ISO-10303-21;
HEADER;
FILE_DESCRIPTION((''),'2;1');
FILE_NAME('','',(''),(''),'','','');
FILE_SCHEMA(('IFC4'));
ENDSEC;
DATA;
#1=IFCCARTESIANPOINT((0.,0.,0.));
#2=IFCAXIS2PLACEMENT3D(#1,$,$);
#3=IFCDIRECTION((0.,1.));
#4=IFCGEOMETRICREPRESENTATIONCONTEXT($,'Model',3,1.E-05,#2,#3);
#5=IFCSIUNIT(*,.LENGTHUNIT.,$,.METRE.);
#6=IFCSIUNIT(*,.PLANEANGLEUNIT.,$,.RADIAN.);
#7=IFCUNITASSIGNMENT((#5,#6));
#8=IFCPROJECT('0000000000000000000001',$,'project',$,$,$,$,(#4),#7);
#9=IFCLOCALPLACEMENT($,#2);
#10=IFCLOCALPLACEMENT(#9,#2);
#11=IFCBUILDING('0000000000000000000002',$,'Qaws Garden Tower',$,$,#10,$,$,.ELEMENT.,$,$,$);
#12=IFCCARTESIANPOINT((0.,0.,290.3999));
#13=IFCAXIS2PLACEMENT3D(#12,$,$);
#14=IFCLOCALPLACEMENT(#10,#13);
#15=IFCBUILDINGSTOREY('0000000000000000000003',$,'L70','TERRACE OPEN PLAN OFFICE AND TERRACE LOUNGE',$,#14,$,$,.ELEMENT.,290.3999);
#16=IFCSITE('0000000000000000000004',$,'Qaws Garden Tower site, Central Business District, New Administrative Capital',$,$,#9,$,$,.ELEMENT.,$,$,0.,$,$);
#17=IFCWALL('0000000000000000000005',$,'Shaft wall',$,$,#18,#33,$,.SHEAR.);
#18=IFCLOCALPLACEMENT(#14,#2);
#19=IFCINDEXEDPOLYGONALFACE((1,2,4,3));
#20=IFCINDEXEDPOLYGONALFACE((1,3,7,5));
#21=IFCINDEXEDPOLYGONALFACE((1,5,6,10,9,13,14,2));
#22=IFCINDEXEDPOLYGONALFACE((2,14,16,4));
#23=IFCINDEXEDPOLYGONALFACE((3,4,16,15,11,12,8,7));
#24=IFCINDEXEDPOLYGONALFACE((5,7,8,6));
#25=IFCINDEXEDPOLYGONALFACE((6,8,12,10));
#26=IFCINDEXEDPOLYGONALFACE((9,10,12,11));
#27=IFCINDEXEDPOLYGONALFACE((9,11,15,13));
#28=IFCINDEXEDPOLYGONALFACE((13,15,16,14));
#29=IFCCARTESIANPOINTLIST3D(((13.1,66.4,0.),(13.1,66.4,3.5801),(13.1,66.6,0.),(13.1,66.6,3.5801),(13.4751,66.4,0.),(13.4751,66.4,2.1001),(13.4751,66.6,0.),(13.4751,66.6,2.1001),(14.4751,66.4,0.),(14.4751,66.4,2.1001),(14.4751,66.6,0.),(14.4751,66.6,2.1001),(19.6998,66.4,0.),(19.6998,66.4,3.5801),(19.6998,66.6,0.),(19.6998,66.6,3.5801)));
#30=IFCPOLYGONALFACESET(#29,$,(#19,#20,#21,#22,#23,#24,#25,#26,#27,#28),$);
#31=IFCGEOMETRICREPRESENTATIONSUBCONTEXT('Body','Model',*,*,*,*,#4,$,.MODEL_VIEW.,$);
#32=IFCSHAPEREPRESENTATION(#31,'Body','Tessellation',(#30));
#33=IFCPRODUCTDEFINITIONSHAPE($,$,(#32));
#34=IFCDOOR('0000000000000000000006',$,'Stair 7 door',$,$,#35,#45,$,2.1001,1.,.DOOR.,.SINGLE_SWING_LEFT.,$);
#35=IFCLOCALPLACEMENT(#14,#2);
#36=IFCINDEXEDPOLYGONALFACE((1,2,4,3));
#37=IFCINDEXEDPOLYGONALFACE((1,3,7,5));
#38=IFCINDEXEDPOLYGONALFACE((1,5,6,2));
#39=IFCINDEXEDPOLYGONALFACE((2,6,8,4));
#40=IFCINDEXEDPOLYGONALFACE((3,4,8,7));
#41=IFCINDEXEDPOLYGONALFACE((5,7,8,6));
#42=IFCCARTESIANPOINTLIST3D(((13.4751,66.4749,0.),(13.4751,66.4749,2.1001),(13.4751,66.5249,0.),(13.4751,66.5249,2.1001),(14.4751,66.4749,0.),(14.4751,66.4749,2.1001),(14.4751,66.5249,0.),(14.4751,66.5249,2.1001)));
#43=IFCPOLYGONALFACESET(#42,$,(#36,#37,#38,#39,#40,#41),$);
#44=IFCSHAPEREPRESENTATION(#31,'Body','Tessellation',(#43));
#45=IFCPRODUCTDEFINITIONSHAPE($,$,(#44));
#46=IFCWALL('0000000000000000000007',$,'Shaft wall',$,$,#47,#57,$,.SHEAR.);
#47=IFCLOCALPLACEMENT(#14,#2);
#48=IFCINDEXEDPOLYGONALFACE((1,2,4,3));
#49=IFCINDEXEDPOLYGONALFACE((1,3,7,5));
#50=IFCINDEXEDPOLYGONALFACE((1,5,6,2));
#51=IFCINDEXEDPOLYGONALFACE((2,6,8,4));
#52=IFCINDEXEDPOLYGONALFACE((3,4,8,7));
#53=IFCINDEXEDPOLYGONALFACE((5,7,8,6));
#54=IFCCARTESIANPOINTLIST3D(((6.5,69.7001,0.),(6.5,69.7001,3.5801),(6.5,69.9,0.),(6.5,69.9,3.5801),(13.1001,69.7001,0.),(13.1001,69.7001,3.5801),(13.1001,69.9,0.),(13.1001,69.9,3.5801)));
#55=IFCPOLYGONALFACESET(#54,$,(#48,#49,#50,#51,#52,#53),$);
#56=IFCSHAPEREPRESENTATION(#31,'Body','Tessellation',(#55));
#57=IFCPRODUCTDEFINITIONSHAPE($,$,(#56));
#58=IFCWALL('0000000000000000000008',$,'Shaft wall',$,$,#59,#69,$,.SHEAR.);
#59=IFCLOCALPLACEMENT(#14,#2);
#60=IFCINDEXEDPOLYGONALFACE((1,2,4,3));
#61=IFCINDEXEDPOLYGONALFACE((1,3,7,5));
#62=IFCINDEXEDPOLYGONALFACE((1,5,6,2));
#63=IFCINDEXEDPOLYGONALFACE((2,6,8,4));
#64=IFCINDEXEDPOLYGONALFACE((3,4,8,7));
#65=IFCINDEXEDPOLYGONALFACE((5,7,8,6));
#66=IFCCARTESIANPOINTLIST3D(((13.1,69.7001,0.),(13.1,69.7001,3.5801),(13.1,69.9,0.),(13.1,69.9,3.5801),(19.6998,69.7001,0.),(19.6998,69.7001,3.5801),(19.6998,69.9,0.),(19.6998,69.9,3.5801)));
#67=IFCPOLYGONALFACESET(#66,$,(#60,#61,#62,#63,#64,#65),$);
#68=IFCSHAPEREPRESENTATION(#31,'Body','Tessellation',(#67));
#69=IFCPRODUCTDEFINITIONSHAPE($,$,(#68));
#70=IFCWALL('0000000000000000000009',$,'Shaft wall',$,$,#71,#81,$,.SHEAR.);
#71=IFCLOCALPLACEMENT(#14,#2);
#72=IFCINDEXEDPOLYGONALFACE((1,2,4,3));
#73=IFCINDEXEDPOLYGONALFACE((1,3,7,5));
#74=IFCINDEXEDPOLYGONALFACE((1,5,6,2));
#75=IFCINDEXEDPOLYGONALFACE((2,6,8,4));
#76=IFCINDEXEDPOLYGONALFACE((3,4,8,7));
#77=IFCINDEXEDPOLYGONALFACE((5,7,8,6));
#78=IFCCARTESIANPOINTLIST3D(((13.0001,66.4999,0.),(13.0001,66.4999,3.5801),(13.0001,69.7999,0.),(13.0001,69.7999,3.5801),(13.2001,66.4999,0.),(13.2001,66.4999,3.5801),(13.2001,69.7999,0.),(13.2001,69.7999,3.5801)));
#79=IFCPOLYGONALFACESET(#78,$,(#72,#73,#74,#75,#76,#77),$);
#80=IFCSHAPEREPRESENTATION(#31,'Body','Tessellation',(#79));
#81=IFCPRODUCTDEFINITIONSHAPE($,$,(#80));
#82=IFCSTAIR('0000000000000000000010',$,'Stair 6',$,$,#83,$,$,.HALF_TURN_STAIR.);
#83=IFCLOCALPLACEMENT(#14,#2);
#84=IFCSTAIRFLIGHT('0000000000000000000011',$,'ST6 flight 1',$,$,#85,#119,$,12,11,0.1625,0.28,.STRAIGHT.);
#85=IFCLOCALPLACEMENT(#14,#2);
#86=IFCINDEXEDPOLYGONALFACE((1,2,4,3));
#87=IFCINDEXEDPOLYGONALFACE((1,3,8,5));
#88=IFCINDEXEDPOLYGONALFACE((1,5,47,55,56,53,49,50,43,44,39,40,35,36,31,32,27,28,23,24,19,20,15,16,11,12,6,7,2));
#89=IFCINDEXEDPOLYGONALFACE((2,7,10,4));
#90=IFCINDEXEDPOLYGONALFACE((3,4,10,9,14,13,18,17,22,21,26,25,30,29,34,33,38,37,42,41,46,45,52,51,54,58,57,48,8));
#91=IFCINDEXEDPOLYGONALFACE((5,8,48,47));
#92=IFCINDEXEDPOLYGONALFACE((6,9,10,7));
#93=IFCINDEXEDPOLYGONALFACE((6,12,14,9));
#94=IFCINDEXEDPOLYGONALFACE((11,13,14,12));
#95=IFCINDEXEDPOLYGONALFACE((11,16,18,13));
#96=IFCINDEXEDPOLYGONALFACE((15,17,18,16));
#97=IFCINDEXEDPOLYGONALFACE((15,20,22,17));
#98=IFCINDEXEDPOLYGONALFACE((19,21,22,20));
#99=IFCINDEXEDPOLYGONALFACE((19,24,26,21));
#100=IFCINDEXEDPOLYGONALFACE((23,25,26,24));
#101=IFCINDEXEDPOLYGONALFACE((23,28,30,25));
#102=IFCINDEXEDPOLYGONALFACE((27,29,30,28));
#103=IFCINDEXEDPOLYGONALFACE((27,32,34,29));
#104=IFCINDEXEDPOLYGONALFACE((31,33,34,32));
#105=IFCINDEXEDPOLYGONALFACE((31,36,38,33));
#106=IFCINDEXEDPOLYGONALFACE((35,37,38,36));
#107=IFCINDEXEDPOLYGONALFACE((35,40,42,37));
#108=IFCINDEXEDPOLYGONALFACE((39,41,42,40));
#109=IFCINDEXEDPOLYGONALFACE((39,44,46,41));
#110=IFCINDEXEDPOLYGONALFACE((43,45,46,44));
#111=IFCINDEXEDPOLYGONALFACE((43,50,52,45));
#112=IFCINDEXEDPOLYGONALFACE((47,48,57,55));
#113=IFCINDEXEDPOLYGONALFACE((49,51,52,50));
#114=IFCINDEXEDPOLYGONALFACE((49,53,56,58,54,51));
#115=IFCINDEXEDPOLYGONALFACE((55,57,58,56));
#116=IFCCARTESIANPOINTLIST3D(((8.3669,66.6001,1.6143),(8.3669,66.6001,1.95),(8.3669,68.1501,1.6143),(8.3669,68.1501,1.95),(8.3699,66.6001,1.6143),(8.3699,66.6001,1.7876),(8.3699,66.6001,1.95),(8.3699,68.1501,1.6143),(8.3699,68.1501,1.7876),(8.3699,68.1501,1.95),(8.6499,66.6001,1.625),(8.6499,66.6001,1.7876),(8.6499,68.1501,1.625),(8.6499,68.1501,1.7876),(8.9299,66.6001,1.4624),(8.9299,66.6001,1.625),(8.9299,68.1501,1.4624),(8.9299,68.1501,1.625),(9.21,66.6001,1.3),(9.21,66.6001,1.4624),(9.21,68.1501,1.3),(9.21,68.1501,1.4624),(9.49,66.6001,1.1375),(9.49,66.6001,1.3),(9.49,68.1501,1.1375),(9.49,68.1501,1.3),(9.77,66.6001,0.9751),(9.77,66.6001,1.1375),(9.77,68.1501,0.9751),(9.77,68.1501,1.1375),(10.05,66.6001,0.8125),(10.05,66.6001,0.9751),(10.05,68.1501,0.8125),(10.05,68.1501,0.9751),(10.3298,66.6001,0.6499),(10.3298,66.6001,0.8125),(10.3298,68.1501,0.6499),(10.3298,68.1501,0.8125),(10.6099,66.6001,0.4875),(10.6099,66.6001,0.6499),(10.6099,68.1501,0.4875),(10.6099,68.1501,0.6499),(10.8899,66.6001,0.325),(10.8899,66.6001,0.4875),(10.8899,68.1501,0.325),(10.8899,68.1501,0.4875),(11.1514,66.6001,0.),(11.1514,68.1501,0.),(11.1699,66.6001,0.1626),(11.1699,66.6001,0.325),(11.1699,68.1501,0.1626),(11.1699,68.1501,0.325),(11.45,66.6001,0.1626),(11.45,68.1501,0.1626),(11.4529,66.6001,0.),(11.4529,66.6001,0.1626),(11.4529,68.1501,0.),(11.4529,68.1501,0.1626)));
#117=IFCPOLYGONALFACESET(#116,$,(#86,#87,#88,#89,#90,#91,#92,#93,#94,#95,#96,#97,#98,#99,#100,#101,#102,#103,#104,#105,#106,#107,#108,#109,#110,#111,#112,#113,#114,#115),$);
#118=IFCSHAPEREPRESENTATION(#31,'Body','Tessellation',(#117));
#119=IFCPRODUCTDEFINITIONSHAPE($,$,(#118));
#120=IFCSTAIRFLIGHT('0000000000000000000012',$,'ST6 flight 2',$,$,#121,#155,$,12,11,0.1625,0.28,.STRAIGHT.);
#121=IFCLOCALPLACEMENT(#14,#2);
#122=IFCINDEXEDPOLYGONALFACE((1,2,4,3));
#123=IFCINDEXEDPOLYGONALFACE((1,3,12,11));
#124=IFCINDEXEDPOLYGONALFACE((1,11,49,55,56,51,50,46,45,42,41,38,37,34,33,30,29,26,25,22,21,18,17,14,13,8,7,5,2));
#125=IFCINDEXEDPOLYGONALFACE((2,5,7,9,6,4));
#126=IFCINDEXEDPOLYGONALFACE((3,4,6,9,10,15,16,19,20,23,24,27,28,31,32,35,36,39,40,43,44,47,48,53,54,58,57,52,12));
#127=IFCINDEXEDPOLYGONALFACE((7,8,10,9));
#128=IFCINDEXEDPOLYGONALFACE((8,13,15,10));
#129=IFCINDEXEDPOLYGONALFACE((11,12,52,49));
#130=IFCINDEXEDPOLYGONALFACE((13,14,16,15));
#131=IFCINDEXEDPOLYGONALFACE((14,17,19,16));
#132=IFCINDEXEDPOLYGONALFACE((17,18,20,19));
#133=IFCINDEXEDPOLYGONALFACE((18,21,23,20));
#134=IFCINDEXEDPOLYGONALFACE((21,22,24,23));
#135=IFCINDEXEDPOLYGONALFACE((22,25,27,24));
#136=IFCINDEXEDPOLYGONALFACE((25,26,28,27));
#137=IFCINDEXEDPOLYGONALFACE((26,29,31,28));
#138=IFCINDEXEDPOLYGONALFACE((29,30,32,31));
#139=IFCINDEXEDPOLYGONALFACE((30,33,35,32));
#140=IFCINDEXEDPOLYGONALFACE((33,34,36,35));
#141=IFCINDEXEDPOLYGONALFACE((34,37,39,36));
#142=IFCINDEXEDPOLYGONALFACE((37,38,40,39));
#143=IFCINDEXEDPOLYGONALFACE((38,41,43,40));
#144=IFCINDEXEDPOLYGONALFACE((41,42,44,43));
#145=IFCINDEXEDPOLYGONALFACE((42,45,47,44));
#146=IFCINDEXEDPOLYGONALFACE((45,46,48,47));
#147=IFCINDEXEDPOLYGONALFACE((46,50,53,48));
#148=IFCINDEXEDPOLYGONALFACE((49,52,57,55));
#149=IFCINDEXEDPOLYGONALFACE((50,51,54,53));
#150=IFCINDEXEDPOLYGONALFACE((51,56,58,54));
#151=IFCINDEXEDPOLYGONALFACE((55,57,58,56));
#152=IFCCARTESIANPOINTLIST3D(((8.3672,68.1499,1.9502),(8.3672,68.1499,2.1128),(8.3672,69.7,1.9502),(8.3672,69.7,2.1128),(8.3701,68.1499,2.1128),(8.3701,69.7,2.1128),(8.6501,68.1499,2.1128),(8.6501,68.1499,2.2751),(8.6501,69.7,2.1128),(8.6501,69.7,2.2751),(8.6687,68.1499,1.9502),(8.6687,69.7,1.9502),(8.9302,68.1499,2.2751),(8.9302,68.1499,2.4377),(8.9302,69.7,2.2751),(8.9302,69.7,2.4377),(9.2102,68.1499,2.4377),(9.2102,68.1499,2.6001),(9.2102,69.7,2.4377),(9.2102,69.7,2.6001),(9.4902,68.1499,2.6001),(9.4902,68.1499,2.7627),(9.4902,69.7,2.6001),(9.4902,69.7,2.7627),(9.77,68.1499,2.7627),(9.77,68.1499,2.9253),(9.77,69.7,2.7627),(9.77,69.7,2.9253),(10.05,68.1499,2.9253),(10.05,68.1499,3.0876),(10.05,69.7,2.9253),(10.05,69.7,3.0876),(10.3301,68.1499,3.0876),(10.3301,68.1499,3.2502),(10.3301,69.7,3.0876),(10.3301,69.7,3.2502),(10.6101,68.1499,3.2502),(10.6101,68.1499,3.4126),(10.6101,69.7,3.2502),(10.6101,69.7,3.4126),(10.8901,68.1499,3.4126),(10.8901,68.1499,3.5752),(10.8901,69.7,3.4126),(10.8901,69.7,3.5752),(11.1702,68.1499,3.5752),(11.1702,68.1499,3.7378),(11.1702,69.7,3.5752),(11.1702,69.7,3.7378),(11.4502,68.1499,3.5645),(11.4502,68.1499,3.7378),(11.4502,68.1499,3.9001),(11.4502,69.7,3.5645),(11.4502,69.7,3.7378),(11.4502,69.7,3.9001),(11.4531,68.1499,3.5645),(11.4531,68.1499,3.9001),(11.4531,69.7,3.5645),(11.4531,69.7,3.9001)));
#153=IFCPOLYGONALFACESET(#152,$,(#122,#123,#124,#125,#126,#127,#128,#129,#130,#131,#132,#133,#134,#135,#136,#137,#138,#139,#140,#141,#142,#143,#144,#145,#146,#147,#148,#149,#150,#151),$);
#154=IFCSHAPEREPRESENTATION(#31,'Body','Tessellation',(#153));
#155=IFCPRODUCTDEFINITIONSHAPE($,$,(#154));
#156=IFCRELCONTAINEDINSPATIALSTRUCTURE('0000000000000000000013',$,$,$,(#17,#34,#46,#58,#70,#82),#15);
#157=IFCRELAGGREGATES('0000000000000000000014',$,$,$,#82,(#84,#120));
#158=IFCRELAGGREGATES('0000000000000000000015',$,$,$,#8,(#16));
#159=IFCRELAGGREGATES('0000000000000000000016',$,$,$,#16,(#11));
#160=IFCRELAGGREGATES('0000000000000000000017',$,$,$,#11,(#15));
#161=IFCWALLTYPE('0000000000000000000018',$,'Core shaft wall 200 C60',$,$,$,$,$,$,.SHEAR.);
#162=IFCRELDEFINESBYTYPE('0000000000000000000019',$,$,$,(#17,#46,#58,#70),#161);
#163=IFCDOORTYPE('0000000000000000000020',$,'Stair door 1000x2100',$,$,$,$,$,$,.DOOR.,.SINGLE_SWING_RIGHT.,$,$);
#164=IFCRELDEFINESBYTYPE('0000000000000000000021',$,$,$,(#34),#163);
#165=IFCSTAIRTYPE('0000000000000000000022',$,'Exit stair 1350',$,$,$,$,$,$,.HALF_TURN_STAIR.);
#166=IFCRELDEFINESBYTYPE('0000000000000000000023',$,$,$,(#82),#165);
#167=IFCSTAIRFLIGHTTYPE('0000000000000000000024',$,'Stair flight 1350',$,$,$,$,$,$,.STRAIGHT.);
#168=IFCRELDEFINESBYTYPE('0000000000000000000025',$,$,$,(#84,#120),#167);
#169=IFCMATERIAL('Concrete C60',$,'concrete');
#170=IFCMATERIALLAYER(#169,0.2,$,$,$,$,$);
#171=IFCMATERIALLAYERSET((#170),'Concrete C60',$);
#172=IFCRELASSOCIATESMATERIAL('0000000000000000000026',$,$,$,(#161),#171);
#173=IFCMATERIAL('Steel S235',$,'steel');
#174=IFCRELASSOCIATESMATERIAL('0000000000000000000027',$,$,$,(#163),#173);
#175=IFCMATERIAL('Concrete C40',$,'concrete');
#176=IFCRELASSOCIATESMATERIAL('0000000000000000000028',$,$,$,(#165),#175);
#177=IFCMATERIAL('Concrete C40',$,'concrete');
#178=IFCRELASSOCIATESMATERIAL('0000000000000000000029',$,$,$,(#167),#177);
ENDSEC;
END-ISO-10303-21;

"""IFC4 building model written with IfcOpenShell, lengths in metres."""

from ifc_helpers import new_model, si_unit, direction, frame, frame_2d, origin, place, context, subcontext, project, spatial, polyline, rectangle, outline, extrude, material, layer, layer_set, type_object, element, fill, aggregate, save


model = new_model("IFC4")

# Units and contexts
model_context = context("Model", 3, precision=1e-05, world=origin(), true_north=direction((0.0, 1.0)))
body_context = subcontext(model_context, "Body", "Model", "MODEL_VIEW")
ifc_project = project(units=[si_unit("LENGTHUNIT", "METRE"), si_unit("PLANEANGLEUNIT", "RADIAN")], contexts=[model_context])

# Site, building, storey
site_placement = place(None, origin())
site = spatial("IfcSite", under=ifc_project, at=site_placement, Name="Qaws Garden Tower site, Central Business District, New Administrative Capital", CompositionType="ELEMENT", RefElevation=0.0)
building_placement = place(site_placement, origin())
building = spatial("IfcBuilding", under=site, at=building_placement, Name="Qaws Garden Tower", CompositionType="ELEMENT")
storey_placement = place(building_placement, frame((0.0, 0.0, 290.3999)))
storey = spatial("IfcBuildingStorey", under=building, at=storey_placement, Name="L70", Description="TERRACE OPEN PLAN OFFICE AND TERRACE LOUNGE", CompositionType="ELEMENT", Elevation=290.3999)

# Wall, opening, door
ifc_material_1 = material(Name="Concrete C60", Category="concrete")
ifc_layer_1 = layer(ifc_material_1, 0.2)
ifc_layer_set_1 = layer_set([ifc_layer_1], Name="Concrete C60")
wall_type_1 = type_object("IfcWallType", Name="Core shaft wall 200 C60", PredefinedType="SHEAR", material=ifc_layer_set_1)
wall_1_placement = place(storey_placement, frame((13.1001, 66.5, 0.0), z_axis=(0.0, 0.0, 1.0), x_axis=(1.0, 0.0, 0.0)))
wall_1 = element("IfcWall", 1, at=wall_1_placement, inside=storey, type_object=wall_type_1, Name="Shaft wall", PredefinedType="SHEAR", context=body_context, shape_type="SweptSolid", body=[
    extrude(rectangle(XDim=6.5999, YDim=0.2, at=frame_2d((3.2998, 0.0))), origin(), (0.0, 0.0, 1.0), 3.5801),
])
opening_1_placement = place(wall_1_placement, frame((0.375, 0.0, 0.0)))
opening_1 = element("IfcOpeningElement", 2, at=opening_1_placement, cuts=wall_1, PredefinedType="OPENING", context=body_context, shape_type="SweptSolid", body=[
    extrude(rectangle(XDim=1.0, YDim=2.1001, at=frame_2d((0.5, 1.05))), frame((0.0, 0.1099, 0.0), z_axis=(0.0, -1.0, 0.0), x_axis=(1.0, 0.0, 0.0)), (0.0, 0.0, 1.0), 0.22),
])
ifc_material_2 = material(Name="Steel S235", Category="steel")
door_type = type_object("IfcDoorType", Name="Stair door 1000x2100", OperationType="SINGLE_SWING_RIGHT", PredefinedType="DOOR", material=ifc_material_2)
door_placement = place(opening_1_placement, origin())
door = element("IfcDoor", 3, at=door_placement, inside=storey, type_object=door_type, Name="Stair 7 door", OperationType="SINGLE_SWING_LEFT", OverallHeight=2.1001, OverallWidth=1.0, PredefinedType="DOOR", context=body_context, shape_type="SweptSolid", body=[
    extrude(rectangle(XDim=1.0, YDim=2.1001, at=frame_2d((0.5, 1.05))), frame((0.0, 0.0249, 0.0), z_axis=(0.0, -1.0, 0.0), x_axis=(1.0, 0.0, 0.0)), (0.0, 0.0, 1.0), 0.05),
])
fill(opening_1, door)

# Walls
wall_2_placement = place(storey_placement, frame((6.5, 69.8, 0.0), z_axis=(0.0, 0.0, 1.0), x_axis=(1.0, 0.0, 0.0)))
element("IfcWall", 4, at=wall_2_placement, inside=storey, type_object=wall_type_1, Name="Shaft wall", PredefinedType="SHEAR", context=body_context, shape_type="SweptSolid", body=[
    extrude(rectangle(XDim=6.6001, YDim=0.2, at=frame_2d((3.3, 0.0))), origin(), (0.0, 0.0, 1.0), 3.5801),
])
wall_3_placement = place(storey_placement, frame((13.1001, 69.8, 0.0), z_axis=(0.0, 0.0, 1.0), x_axis=(1.0, 0.0, 0.0)))
element("IfcWall", 5, at=wall_3_placement, inside=storey, type_object=wall_type_1, Name="Shaft wall", PredefinedType="SHEAR", context=body_context, shape_type="SweptSolid", body=[
    extrude(rectangle(XDim=6.5999, YDim=0.2, at=frame_2d((3.2998, 0.0))), origin(), (0.0, 0.0, 1.0), 3.5801),
])
wall_4_placement = place(storey_placement, frame((13.1001, 66.5, 0.0), z_axis=(0.0, 0.0, 1.0), x_axis=(0.0, 1.0, 0.0)))
element("IfcWall", 6, at=wall_4_placement, inside=storey, type_object=wall_type_1, Name="Shaft wall", PredefinedType="SHEAR", context=body_context, shape_type="SweptSolid", body=[
    extrude(rectangle(XDim=3.3, YDim=0.2, at=frame_2d((1.6499, 0.0))), origin(), (0.0, 0.0, 1.0), 3.5801),
])

# Stair, stair flights
ifc_material_3 = material(Name="Concrete C40", Category="concrete")
stair_type = type_object("IfcStairType", Name="Exit stair 1350", PredefinedType="HALF_TURN_STAIR", material=ifc_material_3)
placement = place(storey_placement, origin())
stair_1 = element("IfcStair", 7, at=placement, inside=storey, type_object=stair_type, Name="Stair 6", PredefinedType="HALF_TURN_STAIR")
ifc_material_4 = material(Name="Concrete C40", Category="concrete")
stair_flight_type = type_object("IfcStairFlightType", Name="Stair flight 1350", PredefinedType="STRAIGHT", material=ifc_material_4)
stair_flight_1_placement = place(storey_placement, frame((11.45, 67.375, 0.0), z_axis=(0.0, 0.0, 1.0), x_axis=(-1.0, 0.0, 0.0)))
stair_flight_1 = element("IfcStairFlight", 8, at=stair_flight_1_placement, type_object=stair_flight_type, Name="ST6 flight 1", NumberOfRisers=12, NumberOfTreads=11, PredefinedType="STRAIGHT", RiserHeight=0.1625, TreadLength=0.28, context=body_context, shape_type="SweptSolid", body=[
    extrude(outline(polyline([(-0.0029, 0.0), (-0.0029, 0.1626), (0.0, 0.1626), (0.28, 0.1626), (0.28, 0.325), (0.5601, 0.325), (0.5601, 0.4875), (0.8401, 0.4875), (0.8401, 0.6499), (1.1201, 0.6499), (1.1201, 0.8125), (1.3999, 0.8125), (1.3999, 0.9751), (1.6799, 0.9751), (1.6799, 1.1375), (1.96, 1.1375), (1.96, 1.3), (2.24, 1.3), (2.24, 1.4624), (2.52, 1.4624), (2.52, 1.625), (2.8, 1.625), (2.8, 1.7876), (3.0801, 1.7876), (3.0801, 1.95), (3.083, 1.95), (3.083, 1.6143), (3.0801, 1.6143), (0.2986, 0.0), (-0.0029, 0.0)])), frame((0.0, 0.7749, 0.0), z_axis=(0.0, -1.0, 0.0), x_axis=(1.0, 0.0, 0.0)), (0.0, 0.0, 1.0), 1.55),
])
stair_flight_2_placement = place(storey_placement, frame((8.3701, 68.925, 1.9502), z_axis=(0.0, 0.0, 1.0), x_axis=(1.0, 0.0, 0.0)))
stair_flight_2 = element("IfcStairFlight", 9, at=stair_flight_2_placement, type_object=stair_flight_type, Name="ST6 flight 2", NumberOfRisers=12, NumberOfTreads=11, PredefinedType="STRAIGHT", RiserHeight=0.1625, TreadLength=0.28, context=body_context, shape_type="SweptSolid", body=[
    extrude(outline(polyline([(-0.0029, 0.0), (-0.0029, 0.1626), (0.0, 0.1626), (0.28, 0.1626), (0.28, 0.325), (0.5601, 0.325), (0.5601, 0.4875), (0.8401, 0.4875), (0.8401, 0.6499), (1.1201, 0.6499), (1.1201, 0.8125), (1.3999, 0.8125), (1.3999, 0.9751), (1.6799, 0.9751), (1.6799, 1.1375), (1.96, 1.1375), (1.96, 1.3), (2.24, 1.3), (2.24, 1.4624), (2.52, 1.4624), (2.52, 1.625), (2.8, 1.625), (2.8, 1.7876), (3.0801, 1.7876), (3.0801, 1.95), (3.083, 1.95), (3.083, 1.6143), (3.0801, 1.6143), (0.2986, 0.0), (-0.0029, 0.0)])), frame((0.0, 0.7749, 0.0), z_axis=(0.0, -1.0, 0.0), x_axis=(1.0, 0.0, 0.0)), (0.0, 0.0, 1.0), 1.55),
])
aggregate(stair_1, [stair_flight_1, stair_flight_2])

save(model, "model.ifc")
